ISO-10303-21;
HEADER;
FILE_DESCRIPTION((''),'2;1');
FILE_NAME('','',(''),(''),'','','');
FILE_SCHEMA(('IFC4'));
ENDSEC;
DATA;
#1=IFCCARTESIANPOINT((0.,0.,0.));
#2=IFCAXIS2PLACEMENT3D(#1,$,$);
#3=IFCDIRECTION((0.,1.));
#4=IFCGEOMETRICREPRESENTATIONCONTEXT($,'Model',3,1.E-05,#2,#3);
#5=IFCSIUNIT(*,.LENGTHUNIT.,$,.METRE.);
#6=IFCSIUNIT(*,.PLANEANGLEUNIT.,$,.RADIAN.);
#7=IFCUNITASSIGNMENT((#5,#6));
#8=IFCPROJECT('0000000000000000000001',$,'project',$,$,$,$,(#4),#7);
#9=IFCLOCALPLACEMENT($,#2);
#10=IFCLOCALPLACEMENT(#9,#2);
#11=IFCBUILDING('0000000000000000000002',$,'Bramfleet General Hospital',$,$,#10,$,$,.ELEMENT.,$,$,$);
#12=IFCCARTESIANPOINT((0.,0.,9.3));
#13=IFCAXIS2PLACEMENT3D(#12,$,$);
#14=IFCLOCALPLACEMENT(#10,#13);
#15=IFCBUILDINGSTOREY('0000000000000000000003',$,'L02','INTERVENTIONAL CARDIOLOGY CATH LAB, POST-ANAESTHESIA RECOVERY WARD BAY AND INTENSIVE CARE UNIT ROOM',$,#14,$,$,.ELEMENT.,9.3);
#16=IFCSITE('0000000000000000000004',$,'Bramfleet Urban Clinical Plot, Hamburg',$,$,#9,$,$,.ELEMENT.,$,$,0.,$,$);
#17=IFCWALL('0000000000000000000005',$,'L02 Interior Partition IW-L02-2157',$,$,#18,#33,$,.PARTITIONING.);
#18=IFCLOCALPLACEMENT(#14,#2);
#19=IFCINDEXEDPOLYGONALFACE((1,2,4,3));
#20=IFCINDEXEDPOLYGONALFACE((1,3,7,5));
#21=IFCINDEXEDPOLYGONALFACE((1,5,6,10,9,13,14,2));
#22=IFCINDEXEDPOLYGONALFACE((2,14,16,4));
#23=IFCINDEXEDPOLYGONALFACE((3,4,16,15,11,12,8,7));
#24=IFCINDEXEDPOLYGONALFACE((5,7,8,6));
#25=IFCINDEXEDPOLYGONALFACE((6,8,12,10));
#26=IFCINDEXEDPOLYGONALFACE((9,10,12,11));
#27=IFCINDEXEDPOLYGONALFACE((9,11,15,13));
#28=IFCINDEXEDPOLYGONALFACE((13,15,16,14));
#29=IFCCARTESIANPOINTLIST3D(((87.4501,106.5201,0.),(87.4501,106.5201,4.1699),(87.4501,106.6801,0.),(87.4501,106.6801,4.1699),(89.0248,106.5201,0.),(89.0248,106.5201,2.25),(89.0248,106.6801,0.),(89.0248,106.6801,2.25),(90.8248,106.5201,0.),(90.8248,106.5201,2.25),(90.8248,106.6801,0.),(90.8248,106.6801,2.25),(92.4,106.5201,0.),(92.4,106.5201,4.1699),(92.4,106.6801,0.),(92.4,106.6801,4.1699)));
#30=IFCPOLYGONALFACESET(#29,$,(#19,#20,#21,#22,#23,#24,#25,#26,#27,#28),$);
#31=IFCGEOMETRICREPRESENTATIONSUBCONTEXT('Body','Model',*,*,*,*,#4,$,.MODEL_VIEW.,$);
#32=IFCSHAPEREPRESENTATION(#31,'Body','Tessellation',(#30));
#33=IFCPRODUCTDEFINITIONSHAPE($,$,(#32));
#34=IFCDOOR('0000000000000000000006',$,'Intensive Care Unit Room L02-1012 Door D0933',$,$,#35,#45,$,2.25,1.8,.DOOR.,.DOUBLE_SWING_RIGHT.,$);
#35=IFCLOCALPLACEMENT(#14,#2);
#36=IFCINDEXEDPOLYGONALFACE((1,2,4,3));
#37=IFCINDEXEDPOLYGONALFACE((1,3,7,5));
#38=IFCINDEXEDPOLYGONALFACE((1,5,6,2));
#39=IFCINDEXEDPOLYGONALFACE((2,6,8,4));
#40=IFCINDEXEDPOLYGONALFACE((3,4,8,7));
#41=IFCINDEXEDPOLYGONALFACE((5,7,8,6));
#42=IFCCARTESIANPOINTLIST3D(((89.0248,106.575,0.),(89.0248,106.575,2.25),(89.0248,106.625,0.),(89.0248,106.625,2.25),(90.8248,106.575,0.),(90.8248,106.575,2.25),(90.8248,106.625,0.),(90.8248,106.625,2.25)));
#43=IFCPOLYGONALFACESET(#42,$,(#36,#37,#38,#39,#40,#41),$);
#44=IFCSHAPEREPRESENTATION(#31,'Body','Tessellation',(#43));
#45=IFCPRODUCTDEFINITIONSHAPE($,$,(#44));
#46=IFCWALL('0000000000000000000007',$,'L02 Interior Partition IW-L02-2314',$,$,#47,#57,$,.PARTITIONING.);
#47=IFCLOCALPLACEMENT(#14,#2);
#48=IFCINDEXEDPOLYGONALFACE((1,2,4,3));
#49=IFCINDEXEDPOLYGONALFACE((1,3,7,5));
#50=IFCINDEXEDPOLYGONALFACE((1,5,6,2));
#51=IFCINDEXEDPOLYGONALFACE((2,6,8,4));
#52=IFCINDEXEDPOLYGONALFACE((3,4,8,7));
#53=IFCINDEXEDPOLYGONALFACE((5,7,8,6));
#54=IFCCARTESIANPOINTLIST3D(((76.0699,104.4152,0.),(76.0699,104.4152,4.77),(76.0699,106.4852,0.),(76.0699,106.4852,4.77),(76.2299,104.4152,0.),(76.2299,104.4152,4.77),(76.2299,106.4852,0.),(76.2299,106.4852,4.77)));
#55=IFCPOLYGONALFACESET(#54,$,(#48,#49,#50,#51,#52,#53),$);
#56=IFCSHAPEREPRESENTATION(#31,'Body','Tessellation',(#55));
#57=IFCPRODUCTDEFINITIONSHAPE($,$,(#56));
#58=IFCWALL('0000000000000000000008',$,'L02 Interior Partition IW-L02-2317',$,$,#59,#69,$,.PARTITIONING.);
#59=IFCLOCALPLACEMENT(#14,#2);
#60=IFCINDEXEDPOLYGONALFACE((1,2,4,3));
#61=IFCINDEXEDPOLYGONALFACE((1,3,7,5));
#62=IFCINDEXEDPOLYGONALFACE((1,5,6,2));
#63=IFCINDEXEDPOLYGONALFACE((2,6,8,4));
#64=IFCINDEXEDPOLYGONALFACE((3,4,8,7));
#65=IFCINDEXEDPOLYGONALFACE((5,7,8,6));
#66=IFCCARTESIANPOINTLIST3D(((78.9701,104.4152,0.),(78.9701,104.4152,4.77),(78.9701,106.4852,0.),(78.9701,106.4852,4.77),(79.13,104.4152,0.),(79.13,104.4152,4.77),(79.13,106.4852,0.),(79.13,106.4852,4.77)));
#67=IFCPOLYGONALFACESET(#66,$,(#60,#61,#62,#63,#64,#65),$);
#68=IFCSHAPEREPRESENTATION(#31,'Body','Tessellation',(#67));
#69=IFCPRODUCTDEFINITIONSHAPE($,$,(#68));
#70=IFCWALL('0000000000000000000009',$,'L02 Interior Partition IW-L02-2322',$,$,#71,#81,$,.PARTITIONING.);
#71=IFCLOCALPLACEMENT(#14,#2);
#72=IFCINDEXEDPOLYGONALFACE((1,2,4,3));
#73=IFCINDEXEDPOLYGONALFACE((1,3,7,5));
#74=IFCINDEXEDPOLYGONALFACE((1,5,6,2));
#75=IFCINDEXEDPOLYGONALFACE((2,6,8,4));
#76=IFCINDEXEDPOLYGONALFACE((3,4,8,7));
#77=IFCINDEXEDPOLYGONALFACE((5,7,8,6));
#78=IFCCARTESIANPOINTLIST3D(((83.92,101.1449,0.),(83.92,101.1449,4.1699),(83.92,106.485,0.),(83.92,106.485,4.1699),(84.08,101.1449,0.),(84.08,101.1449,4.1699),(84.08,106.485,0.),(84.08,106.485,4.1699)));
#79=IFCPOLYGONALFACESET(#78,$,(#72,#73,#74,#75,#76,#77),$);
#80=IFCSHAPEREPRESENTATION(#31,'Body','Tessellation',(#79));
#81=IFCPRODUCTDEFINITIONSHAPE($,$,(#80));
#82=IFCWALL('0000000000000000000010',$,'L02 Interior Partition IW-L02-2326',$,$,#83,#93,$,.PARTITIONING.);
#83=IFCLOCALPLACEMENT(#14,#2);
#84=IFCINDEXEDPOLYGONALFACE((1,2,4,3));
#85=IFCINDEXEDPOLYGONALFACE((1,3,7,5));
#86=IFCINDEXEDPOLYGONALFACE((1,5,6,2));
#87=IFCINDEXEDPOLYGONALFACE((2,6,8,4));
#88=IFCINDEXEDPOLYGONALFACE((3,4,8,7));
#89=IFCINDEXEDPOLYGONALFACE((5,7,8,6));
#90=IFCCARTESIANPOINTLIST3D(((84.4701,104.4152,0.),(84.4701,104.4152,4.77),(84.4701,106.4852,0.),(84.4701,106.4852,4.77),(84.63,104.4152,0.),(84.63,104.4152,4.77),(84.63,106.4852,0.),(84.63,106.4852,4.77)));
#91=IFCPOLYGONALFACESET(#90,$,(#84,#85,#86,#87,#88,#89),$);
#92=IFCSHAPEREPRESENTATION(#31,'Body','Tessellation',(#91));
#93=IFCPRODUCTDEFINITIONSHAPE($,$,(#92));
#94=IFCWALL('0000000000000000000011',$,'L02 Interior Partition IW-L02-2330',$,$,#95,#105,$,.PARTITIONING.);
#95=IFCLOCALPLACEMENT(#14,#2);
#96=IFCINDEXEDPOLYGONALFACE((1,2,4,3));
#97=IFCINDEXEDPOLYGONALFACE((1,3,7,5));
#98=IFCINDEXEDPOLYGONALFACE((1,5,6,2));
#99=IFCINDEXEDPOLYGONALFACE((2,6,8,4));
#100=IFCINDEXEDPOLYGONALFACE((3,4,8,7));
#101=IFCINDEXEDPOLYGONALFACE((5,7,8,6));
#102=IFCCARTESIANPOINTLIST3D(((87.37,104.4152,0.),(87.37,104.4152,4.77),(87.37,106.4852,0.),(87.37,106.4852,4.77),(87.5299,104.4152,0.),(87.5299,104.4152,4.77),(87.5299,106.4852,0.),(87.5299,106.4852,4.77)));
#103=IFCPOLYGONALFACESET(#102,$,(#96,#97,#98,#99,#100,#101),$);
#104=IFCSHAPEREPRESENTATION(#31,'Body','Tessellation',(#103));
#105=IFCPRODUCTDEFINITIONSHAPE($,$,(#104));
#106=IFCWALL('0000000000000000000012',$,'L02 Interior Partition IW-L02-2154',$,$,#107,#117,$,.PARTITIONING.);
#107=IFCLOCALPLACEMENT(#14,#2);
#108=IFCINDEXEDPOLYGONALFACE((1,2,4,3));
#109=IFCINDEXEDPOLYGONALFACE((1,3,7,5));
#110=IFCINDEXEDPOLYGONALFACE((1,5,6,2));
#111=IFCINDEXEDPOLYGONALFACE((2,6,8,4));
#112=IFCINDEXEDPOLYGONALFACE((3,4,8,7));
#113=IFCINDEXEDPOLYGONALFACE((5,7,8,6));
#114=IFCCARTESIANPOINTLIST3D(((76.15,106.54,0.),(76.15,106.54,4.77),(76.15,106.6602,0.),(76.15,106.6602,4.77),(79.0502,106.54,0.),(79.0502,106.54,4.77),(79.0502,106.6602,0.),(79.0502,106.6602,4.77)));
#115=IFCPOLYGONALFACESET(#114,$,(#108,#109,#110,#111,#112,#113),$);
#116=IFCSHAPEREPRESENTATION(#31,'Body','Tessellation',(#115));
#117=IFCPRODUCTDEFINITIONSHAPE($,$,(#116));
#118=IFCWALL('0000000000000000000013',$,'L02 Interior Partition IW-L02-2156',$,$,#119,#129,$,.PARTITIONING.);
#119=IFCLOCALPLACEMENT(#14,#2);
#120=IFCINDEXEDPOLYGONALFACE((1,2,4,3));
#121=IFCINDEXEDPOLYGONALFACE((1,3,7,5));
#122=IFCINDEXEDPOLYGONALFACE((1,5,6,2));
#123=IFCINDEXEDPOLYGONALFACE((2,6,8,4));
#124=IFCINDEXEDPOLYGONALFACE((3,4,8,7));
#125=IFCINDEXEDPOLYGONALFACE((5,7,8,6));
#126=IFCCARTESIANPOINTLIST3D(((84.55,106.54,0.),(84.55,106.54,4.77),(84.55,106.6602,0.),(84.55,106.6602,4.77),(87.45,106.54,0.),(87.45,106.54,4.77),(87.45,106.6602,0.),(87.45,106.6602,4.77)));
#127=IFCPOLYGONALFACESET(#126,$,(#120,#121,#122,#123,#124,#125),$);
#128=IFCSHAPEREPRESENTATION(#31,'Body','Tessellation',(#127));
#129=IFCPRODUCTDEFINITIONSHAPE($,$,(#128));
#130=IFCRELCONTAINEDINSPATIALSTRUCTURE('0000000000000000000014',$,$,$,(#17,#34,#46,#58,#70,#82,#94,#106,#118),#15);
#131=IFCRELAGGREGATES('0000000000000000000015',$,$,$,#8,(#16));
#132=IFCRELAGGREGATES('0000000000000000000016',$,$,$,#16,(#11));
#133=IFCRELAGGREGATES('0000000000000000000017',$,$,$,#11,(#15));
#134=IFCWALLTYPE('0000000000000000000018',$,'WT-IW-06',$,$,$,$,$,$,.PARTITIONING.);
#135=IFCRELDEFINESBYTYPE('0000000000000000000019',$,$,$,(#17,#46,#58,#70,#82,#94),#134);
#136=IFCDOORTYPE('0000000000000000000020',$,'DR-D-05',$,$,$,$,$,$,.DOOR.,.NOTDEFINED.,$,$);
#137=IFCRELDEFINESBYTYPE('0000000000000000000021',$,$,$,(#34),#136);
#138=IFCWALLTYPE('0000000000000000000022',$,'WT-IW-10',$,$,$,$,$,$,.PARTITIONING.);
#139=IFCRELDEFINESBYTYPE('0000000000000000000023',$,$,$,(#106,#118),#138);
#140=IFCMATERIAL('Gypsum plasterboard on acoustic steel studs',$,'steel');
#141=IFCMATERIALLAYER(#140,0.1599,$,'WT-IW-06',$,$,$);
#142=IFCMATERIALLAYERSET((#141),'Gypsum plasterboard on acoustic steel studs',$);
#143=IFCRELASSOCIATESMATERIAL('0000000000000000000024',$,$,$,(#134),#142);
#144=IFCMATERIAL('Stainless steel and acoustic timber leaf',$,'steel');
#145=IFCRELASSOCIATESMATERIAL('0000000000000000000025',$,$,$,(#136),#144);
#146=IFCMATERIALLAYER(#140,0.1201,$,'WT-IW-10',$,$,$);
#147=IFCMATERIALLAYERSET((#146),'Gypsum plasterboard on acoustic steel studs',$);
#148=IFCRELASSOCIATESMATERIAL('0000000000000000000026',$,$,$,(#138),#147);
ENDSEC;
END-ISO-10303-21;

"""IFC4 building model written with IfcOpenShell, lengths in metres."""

from ifc_helpers import new_model, si_unit, direction, frame, frame_2d, origin, place, context, subcontext, project, spatial, rectangle, extrude, material, layer, layer_set, type_object, element, fill, save


model = new_model("IFC4")

# Units and contexts
model_context = context("Model", 3, precision=1e-05, world=origin(), true_north=direction((0.0, 1.0)))
body_context = subcontext(model_context, "Body", "Model", "MODEL_VIEW")
ifc_project = project(units=[si_unit("LENGTHUNIT", "METRE"), si_unit("PLANEANGLEUNIT", "RADIAN")], contexts=[model_context])

# Site, building, storey
site_placement = place(None, origin())
site = spatial("IfcSite", under=ifc_project, at=site_placement, Name="Bramfleet Urban Clinical Plot, Hamburg", CompositionType="ELEMENT", RefElevation=0.0)
building_placement = place(site_placement, origin())
building = spatial("IfcBuilding", under=site, at=building_placement, Name="Bramfleet General Hospital", CompositionType="ELEMENT")
storey_placement = place(building_placement, frame((0.0, 0.0, 9.3)))
storey = spatial("IfcBuildingStorey", under=building, at=storey_placement, Name="L02", Description="INTERVENTIONAL CARDIOLOGY CATH LAB, POST-ANAESTHESIA RECOVERY WARD BAY AND INTENSIVE CARE UNIT ROOM", CompositionType="ELEMENT", Elevation=9.3)

# Shared definitions
ifc_material_1 = material(Name="Gypsum plasterboard on acoustic steel studs", Category="steel")
ifc_layer_1 = layer(ifc_material_1, 0.1599, Name="WT-IW-06")
ifc_layer_set_1 = layer_set([ifc_layer_1], Name="Gypsum plasterboard on acoustic steel studs")
wall_type_1 = type_object("IfcWallType", Name="WT-IW-06", PredefinedType="PARTITIONING", material=ifc_layer_set_1)

# Wall, opening, door
ifc_material_2 = material(Name="Stainless steel and acoustic timber leaf", Category="steel")
wall_1_placement = place(storey_placement, frame((87.45, 106.6001, 0.0), z_axis=(0.0, 0.0, 1.0), x_axis=(1.0, 0.0, 0.0)))
wall_1 = element("IfcWall", 1, at=wall_1_placement, inside=storey, type_object=wall_type_1, Name="L02 Interior Partition IW-L02-2157", PredefinedType="PARTITIONING", context=body_context, shape_type="SweptSolid", body=[
    extrude(rectangle(XDim=4.95, YDim=0.1599, at=frame_2d((2.4751, 0.0))), origin(), (0.0, 0.0, 1.0), 4.1699),
])
opening_1_placement = place(wall_1_placement, frame((1.575, 0.0, 0.0)))
opening_1 = element("IfcOpeningElement", 2, at=opening_1_placement, cuts=wall_1, PredefinedType="OPENING", context=body_context, shape_type="SweptSolid", body=[
    extrude(rectangle(XDim=1.8, YDim=2.25, at=frame_2d((0.8999, 1.125))), frame((0.0, 0.0898, 0.0), z_axis=(0.0, -1.0, 0.0), x_axis=(1.0, 0.0, 0.0)), (0.0, 0.0, 1.0), 0.1799),
])
door_type_1 = type_object("IfcDoorType", Name="DR-D-05", OperationType="NOTDEFINED", PredefinedType="DOOR", material=ifc_material_2)
door_1_placement = place(opening_1_placement, origin())
door_1 = element("IfcDoor", 3, at=door_1_placement, inside=storey, type_object=door_type_1, Name="Intensive Care Unit Room L02-1012 Door D0933", OperationType="DOUBLE_SWING_RIGHT", OverallHeight=2.25, OverallWidth=1.8, PredefinedType="DOOR", context=body_context, shape_type="SweptSolid", body=[
    extrude(rectangle(XDim=1.8, YDim=2.25, at=frame_2d((0.8999, 1.125))), frame((0.0, 0.0249, 0.0), z_axis=(0.0, -1.0, 0.0), x_axis=(1.0, 0.0, 0.0)), (0.0, 0.0, 1.0), 0.05),
])
fill(opening_1, door_1)

# Walls
for number, where, z_axis, x_axis, name in (
    (4, (76.1499, 104.415, 0.0), (0.0, 0.0, 1.0), (0.0, 1.0, 0.0), "L02 Interior Partition IW-L02-2314"),
    (5, (79.05, 104.415, 0.0), (0.0, 0.0, 1.0), (0.0, 1.0, 0.0), "L02 Interior Partition IW-L02-2317"),
):
    element("IfcWall", number, at=place(storey_placement, frame(where, z_axis=z_axis, x_axis=x_axis)), inside=storey, type_object=wall_type_1, Name=name, PredefinedType="PARTITIONING", context=body_context, shape_type="SweptSolid", body=[
        extrude(rectangle(XDim=2.0701, YDim=0.1599, at=frame_2d((1.0352, 0.0))), origin(), (0.0, 0.0, 1.0), 4.77),
    ])
wall_2_placement = place(storey_placement, frame((84.0, 101.145, 0.0), z_axis=(0.0, 0.0, 1.0), x_axis=(0.0, 1.0, 0.0)))
element("IfcWall", 6, at=wall_2_placement, inside=storey, type_object=wall_type_1, Name="L02 Interior Partition IW-L02-2322", PredefinedType="PARTITIONING", context=body_context, shape_type="SweptSolid", body=[
    extrude(rectangle(XDim=5.3401, YDim=0.1599, at=frame_2d((2.6699, 0.0))), origin(), (0.0, 0.0, 1.0), 4.1699),
])
for number, where, z_axis, x_axis, name in (
    (7, (84.55, 104.415, 0.0), (0.0, 0.0, 1.0), (0.0, 1.0, 0.0), "L02 Interior Partition IW-L02-2326"),
    (8, (87.45, 104.415, 0.0), (0.0, 0.0, 1.0), (0.0, 1.0, 0.0), "L02 Interior Partition IW-L02-2330"),
):
    element("IfcWall", number, at=place(storey_placement, frame(where, z_axis=z_axis, x_axis=x_axis)), inside=storey, type_object=wall_type_1, Name=name, PredefinedType="PARTITIONING", context=body_context, shape_type="SweptSolid", body=[
        extrude(rectangle(XDim=2.0701, YDim=0.1599, at=frame_2d((1.0352, 0.0))), origin(), (0.0, 0.0, 1.0), 4.77),
    ])
ifc_layer_2 = layer(ifc_material_1, 0.1201, Name="WT-IW-10")
ifc_layer_set_2 = layer_set([ifc_layer_2], Name="Gypsum plasterboard on acoustic steel studs")
wall_type_2 = type_object("IfcWallType", Name="WT-IW-10", PredefinedType="PARTITIONING", material=ifc_layer_set_2)
wall_3_placement = place(storey_placement, frame((76.1499, 106.6001, 0.0), z_axis=(0.0, 0.0, 1.0), x_axis=(1.0, 0.0, 0.0)))
element("IfcWall", 9, at=wall_3_placement, inside=storey, type_object=wall_type_2, Name="L02 Interior Partition IW-L02-2154", PredefinedType="PARTITIONING", context=body_context, shape_type="SweptSolid", body=[
    extrude(rectangle(XDim=2.9001, YDim=0.1201, at=frame_2d((1.4502, 0.0))), origin(), (0.0, 0.0, 1.0), 4.77),
])
wall_4_placement = place(storey_placement, frame((84.55, 106.6001, 0.0), z_axis=(0.0, 0.0, 1.0), x_axis=(1.0, 0.0, 0.0)))
element("IfcWall", 10, at=wall_4_placement, inside=storey, type_object=wall_type_2, Name="L02 Interior Partition IW-L02-2156", PredefinedType="PARTITIONING", context=body_context, shape_type="SweptSolid", body=[
    extrude(rectangle(XDim=2.8999, YDim=0.1201, at=frame_2d((1.45, 0.0))), origin(), (0.0, 0.0, 1.0), 4.77),
])

save(model, "model.ifc")
